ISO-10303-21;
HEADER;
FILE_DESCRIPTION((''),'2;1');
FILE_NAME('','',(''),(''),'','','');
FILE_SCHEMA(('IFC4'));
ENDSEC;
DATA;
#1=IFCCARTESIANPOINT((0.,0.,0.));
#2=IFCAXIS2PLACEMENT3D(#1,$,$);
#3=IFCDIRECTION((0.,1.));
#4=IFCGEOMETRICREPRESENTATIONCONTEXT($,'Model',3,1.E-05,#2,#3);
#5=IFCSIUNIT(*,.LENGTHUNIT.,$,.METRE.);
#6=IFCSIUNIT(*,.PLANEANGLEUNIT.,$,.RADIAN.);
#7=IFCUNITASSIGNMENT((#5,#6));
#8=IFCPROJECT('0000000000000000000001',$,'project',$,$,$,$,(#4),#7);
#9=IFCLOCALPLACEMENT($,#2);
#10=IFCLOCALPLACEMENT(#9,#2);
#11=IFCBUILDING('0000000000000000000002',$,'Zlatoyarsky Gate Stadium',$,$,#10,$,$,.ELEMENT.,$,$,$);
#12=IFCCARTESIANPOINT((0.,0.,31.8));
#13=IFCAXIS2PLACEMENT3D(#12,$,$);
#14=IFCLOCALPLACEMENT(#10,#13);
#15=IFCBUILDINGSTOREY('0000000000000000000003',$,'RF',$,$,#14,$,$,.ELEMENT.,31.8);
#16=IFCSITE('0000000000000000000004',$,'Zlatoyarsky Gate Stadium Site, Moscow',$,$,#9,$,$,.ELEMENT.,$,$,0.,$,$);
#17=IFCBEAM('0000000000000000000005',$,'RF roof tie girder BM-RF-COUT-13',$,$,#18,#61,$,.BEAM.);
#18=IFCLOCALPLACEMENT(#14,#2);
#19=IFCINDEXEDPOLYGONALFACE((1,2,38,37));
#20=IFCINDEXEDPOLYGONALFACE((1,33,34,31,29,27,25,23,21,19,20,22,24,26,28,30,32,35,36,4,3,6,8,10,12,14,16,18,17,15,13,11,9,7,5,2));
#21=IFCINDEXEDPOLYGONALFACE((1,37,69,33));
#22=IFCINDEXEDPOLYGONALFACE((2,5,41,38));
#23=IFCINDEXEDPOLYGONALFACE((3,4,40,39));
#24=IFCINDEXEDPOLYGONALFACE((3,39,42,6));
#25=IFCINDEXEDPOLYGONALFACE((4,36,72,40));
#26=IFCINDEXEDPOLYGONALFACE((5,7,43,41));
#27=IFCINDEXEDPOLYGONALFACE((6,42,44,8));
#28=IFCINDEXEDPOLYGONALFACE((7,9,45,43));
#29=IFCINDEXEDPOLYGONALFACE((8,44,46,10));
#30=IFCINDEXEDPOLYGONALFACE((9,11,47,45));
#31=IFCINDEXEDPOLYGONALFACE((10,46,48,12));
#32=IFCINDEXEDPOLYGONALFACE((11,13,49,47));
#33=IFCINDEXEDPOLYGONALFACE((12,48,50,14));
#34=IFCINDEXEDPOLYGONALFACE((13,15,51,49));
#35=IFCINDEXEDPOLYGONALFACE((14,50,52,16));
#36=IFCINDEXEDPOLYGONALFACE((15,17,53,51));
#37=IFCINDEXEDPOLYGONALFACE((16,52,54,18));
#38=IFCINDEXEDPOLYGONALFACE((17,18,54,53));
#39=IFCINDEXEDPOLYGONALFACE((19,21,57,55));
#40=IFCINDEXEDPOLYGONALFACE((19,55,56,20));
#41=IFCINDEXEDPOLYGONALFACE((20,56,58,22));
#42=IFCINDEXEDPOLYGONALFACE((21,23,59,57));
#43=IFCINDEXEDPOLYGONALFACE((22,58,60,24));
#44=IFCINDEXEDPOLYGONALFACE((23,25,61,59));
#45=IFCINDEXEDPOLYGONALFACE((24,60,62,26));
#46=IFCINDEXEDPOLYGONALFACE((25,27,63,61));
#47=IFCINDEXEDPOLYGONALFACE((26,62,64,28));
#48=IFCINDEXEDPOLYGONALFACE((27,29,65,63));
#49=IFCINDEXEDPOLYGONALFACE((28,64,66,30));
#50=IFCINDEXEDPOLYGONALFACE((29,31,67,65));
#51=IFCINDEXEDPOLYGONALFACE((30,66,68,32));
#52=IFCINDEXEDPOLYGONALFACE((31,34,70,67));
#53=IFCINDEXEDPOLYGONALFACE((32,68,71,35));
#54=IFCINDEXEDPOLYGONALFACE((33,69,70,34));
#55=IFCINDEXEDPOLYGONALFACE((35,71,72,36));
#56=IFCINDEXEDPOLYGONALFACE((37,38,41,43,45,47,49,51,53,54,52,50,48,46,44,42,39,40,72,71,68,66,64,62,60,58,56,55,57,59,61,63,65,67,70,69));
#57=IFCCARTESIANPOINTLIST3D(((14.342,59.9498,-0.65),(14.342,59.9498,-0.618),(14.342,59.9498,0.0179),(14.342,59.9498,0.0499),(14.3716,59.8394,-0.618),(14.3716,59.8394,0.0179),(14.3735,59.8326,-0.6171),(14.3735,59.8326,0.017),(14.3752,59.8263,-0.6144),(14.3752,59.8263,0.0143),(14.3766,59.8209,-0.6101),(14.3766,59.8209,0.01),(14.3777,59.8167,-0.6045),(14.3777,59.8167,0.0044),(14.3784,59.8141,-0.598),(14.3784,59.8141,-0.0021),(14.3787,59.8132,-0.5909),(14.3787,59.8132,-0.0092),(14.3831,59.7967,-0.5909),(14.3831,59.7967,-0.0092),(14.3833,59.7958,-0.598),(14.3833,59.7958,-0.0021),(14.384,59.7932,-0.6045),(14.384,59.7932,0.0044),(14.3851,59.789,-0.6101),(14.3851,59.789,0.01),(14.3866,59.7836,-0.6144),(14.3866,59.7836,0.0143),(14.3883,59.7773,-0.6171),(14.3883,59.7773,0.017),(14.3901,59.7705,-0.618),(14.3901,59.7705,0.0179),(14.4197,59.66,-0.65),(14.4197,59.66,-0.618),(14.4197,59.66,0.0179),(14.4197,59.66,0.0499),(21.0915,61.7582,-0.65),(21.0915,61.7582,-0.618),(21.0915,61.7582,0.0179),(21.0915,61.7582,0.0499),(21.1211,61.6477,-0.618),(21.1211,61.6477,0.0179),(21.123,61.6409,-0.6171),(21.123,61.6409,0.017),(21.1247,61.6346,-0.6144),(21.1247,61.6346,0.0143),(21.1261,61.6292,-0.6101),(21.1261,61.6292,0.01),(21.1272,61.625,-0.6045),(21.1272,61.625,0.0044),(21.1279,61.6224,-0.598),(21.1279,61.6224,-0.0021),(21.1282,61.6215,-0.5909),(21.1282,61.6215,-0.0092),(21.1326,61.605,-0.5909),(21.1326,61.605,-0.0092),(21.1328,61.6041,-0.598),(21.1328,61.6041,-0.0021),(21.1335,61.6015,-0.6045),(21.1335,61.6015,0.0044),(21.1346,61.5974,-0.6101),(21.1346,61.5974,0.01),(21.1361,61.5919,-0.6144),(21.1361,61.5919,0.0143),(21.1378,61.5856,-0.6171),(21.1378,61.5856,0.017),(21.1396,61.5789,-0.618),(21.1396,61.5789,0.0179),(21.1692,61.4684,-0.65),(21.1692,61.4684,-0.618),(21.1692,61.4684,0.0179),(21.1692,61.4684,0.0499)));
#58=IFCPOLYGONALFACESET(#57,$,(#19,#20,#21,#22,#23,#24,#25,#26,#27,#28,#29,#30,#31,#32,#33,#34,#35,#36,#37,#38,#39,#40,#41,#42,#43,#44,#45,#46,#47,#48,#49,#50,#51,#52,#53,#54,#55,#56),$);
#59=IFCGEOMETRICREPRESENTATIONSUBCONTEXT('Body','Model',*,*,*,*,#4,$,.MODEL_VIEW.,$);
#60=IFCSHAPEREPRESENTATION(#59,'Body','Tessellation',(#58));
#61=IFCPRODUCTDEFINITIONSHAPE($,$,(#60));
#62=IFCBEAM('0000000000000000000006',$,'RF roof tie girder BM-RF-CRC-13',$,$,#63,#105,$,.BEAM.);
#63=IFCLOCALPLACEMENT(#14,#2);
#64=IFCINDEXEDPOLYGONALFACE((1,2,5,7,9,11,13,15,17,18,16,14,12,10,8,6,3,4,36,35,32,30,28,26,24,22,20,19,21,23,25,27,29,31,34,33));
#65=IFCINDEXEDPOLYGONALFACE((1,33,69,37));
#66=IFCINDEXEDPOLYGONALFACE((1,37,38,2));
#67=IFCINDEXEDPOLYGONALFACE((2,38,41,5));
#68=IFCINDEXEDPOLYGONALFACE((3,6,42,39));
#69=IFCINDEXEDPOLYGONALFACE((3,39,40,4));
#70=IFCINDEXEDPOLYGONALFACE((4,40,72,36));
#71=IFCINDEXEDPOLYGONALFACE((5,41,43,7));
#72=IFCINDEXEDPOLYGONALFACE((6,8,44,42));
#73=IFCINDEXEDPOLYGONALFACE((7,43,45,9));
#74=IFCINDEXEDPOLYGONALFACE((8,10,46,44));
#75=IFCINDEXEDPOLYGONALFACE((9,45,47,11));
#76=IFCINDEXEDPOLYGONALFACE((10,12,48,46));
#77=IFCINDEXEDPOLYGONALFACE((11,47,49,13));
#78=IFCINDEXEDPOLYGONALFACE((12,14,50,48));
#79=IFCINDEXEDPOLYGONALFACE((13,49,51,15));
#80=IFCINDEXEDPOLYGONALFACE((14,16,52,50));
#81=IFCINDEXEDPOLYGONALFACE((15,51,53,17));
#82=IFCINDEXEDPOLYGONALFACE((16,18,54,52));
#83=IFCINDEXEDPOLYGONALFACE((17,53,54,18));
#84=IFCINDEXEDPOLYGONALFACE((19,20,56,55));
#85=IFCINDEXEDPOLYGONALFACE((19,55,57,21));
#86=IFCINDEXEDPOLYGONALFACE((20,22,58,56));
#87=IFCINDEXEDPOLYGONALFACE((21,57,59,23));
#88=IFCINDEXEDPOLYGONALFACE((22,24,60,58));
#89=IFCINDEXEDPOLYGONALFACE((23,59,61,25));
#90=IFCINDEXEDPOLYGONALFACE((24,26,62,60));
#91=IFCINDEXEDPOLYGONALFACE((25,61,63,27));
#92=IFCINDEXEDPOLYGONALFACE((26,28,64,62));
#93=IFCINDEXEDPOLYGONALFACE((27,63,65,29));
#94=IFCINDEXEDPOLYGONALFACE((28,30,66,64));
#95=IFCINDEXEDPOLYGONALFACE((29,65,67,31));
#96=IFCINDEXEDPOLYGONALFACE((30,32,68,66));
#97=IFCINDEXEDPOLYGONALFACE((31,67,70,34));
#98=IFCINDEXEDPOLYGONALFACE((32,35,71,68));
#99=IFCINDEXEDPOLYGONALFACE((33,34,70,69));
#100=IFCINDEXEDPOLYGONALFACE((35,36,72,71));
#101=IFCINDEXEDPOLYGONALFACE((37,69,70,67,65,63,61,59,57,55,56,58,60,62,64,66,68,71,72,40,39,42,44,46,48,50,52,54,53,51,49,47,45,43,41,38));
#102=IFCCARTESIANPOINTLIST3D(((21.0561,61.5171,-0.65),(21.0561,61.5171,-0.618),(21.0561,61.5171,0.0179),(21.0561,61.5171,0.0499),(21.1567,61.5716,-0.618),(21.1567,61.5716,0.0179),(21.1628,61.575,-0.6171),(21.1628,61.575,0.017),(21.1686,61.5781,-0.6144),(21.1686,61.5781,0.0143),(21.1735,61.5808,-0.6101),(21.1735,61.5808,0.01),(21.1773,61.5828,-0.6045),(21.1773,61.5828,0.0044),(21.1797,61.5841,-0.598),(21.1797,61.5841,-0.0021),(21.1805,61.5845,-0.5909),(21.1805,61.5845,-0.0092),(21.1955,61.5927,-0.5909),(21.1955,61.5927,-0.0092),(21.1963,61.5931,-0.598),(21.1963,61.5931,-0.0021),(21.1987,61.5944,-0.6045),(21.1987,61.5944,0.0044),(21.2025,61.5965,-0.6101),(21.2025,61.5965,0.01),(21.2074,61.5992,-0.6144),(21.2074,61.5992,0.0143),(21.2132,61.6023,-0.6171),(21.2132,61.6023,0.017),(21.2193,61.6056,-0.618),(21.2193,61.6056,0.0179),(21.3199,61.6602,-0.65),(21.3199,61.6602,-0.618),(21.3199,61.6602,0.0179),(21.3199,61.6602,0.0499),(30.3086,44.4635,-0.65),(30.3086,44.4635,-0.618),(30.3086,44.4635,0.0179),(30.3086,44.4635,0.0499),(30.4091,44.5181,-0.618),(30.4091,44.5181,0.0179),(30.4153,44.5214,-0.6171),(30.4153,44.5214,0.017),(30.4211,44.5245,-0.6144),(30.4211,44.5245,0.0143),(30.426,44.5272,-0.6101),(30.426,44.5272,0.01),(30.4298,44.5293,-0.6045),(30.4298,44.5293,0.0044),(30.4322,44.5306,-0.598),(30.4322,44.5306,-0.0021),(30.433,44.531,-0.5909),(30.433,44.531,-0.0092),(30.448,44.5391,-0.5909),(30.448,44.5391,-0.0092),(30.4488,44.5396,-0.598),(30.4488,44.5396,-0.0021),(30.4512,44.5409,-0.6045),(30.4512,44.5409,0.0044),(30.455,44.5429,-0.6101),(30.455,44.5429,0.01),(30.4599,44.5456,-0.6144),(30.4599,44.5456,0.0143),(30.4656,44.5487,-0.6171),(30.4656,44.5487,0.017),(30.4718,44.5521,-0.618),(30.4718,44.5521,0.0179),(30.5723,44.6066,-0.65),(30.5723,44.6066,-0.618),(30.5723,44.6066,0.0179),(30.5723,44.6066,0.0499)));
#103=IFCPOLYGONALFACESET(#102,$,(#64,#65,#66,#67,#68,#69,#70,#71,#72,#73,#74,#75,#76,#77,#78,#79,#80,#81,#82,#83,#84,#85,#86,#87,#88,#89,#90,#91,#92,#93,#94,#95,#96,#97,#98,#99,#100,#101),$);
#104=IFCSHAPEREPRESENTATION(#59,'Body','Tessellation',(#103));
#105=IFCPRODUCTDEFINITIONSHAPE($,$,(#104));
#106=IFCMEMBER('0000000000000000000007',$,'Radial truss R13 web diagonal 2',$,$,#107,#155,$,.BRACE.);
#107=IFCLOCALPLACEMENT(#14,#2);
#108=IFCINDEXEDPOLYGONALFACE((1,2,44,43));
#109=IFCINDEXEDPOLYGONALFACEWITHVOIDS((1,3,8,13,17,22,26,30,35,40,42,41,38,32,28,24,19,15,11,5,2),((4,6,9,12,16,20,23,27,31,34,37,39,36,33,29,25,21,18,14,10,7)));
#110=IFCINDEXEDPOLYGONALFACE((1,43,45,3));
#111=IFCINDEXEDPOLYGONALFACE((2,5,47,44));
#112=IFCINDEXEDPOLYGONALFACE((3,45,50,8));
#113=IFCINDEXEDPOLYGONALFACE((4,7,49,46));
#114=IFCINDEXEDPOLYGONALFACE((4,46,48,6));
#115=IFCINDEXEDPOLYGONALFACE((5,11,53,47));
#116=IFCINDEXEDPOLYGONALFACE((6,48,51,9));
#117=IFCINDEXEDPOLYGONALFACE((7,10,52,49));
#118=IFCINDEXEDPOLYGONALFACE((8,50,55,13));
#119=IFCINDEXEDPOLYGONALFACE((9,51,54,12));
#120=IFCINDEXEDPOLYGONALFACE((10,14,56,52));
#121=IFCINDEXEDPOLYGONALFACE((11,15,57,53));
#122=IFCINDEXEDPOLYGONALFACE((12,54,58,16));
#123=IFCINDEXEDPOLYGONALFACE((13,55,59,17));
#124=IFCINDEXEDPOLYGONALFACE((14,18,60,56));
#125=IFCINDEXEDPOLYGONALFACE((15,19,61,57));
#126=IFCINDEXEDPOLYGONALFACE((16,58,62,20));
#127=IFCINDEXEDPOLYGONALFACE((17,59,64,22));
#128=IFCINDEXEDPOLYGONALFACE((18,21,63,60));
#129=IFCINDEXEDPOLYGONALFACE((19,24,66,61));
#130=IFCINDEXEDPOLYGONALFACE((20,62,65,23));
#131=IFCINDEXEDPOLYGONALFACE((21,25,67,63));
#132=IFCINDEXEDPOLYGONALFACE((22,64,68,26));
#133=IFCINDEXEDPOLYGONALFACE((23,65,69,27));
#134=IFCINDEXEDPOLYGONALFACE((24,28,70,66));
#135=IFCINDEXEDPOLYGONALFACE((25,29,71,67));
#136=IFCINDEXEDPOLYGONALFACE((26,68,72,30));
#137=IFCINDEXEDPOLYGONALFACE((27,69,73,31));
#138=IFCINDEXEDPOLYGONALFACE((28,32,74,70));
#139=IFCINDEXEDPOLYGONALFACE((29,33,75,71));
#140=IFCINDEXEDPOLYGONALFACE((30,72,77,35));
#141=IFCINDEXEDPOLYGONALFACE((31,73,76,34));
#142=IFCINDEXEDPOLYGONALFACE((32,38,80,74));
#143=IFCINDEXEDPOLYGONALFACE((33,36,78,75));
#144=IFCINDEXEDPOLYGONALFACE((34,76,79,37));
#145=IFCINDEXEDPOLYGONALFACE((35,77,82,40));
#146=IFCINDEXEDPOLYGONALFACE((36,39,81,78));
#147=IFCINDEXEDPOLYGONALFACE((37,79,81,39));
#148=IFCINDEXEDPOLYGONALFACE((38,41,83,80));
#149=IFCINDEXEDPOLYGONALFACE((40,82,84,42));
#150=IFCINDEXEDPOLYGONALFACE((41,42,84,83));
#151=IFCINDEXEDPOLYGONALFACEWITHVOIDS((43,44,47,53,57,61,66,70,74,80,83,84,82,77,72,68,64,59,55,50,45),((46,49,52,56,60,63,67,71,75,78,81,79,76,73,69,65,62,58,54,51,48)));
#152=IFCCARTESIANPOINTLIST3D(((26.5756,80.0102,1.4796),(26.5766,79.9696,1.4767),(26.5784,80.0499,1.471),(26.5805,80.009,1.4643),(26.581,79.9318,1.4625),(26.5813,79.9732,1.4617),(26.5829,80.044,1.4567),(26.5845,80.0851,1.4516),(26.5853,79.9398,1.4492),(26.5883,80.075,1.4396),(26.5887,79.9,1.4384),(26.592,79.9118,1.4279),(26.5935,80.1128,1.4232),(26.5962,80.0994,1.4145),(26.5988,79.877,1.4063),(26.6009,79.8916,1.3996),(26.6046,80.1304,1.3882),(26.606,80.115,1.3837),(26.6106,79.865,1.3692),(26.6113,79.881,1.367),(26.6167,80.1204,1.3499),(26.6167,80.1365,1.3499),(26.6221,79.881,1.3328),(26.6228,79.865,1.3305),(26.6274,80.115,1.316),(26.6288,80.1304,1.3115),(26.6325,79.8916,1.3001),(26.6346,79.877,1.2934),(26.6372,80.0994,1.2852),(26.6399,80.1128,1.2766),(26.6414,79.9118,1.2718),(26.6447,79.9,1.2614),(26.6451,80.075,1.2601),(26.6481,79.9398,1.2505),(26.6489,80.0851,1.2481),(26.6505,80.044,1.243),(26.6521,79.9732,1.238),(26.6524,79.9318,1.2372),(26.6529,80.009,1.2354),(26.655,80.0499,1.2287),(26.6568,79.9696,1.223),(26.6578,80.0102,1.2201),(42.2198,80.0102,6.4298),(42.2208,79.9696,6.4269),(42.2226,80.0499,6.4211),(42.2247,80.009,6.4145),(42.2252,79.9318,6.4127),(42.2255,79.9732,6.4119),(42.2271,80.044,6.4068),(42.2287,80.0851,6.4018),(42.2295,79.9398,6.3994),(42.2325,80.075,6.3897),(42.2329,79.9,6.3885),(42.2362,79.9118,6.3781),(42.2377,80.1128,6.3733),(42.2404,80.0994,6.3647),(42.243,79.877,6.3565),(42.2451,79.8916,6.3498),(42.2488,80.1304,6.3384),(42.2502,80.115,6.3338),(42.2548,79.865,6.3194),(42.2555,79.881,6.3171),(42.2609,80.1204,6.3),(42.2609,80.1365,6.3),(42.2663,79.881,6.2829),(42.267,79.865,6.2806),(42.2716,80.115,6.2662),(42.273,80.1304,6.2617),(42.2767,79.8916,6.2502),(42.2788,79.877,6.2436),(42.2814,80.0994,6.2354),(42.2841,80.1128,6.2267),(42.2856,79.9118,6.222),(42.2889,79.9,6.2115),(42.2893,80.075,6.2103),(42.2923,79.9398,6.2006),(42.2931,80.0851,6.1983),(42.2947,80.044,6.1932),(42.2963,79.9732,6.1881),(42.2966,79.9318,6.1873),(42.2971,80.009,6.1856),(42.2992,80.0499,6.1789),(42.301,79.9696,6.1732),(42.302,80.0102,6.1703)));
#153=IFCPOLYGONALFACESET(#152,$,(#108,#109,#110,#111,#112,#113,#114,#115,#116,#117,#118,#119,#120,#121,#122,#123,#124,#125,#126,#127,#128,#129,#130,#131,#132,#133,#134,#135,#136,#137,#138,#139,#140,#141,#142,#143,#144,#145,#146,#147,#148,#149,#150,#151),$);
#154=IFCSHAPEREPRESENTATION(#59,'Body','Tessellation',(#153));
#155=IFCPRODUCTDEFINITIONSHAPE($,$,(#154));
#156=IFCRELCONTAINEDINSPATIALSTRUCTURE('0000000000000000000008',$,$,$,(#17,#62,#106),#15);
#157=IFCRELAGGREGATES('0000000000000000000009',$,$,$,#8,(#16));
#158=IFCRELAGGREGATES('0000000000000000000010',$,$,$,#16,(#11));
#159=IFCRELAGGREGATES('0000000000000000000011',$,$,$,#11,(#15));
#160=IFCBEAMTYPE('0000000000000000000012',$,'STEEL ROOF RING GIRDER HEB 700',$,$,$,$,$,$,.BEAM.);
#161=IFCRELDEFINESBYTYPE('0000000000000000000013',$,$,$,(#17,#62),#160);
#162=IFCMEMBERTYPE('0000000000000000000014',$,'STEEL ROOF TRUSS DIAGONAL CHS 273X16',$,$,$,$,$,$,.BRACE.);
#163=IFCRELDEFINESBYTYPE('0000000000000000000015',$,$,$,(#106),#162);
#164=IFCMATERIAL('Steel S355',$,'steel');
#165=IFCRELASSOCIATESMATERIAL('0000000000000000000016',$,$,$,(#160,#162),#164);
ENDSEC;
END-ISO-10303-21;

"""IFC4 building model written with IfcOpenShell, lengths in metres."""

from ifc_helpers import new_model, si_unit, direction, frame, origin, origin_2d, place, context, subcontext, project, spatial, hollow_circle, i_section, extrude, material, material_profile, profile_set, type_object, element, save


model = new_model("IFC4")

# Units and contexts
model_context = context("Model", 3, precision=1e-05, world=origin(), true_north=direction((0.0, 1.0)))
body_context = subcontext(model_context, "Body", "Model", "MODEL_VIEW")
ifc_project = project(units=[si_unit("LENGTHUNIT", "METRE"), si_unit("PLANEANGLEUNIT", "RADIAN")], contexts=[model_context])

# Site, building, storey
site_placement = place(None, origin())
site = spatial("IfcSite", under=ifc_project, at=site_placement, Name="Zlatoyarsky Gate Stadium Site, Moscow", CompositionType="ELEMENT", RefElevation=0.0)
building_placement = place(site_placement, origin())
building = spatial("IfcBuilding", under=site, at=building_placement, Name="Zlatoyarsky Gate Stadium", CompositionType="ELEMENT")
storey_placement = place(building_placement, frame((0.0, 0.0, 31.8)))
storey = spatial("IfcBuildingStorey", under=building, at=storey_placement, Name="RF", CompositionType="ELEMENT", Elevation=31.8)

# Shared definitions
ifc_material_1 = material(Name="Steel S355", Category="steel")

# Beams
ifc_material_profile_1 = material_profile(ifc_material_1, i_section(OverallWidth=0.3, OverallDepth=0.7, WebThickness=0.0171, FlangeThickness=0.032, FilletRadius=0.0271, at=origin_2d()), Name="HEB 700")
ifc_profile_set_1 = profile_set([ifc_material_profile_1], Name="Steel S355")
beam_type = type_object("IfcBeamType", Name="STEEL ROOF RING GIRDER HEB 700", PredefinedType="BEAM", material=ifc_profile_set_1)
beam_1_placement = place(storey_placement, frame((21.1304, 61.6133, -0.3), z_axis=(-0.965932, -0.258795, 0.0), x_axis=(0.258795, -0.965932, 0.0)))
element("IfcBeam", 1, at=beam_1_placement, inside=storey, type_object=beam_type, Name="RF roof tie girder BM-RF-COUT-13", PredefinedType="BEAM", context=body_context, shape_type="SweptSolid", body=[
    extrude(i_section(OverallWidth=0.3, OverallDepth=0.7, WebThickness=0.0171, FlangeThickness=0.032, FilletRadius=0.0271, at=origin_2d()), origin(), (0.0, 0.0, 1.0), 6.9875),
])
beam_2_placement = place(storey_placement, frame((21.188, 61.5886, -0.3), z_axis=(0.476887, -0.878965, 0.0), x_axis=(0.878965, 0.476887, 0.0)))
element("IfcBeam", 2, at=beam_2_placement, inside=storey, type_object=beam_type, Name="RF roof tie girder BM-RF-CRC-13", PredefinedType="BEAM", context=body_context, shape_type="SweptSolid", body=[
    extrude(i_section(OverallWidth=0.3, OverallDepth=0.7, WebThickness=0.0171, FlangeThickness=0.032, FilletRadius=0.0271, at=origin_2d()), origin(), (0.0, 0.0, 1.0), 19.4019),
])

# Member
ifc_material_profile_2 = material_profile(ifc_material_1, hollow_circle(Radius=0.1365, WallThickness=0.0161, at=origin_2d()), Name="CHS 273X16")
ifc_profile_set_2 = profile_set([ifc_material_profile_2], Name="Steel S355")
member_type_1 = type_object("IfcMemberType", Name="STEEL ROOF TRUSS DIAGONAL CHS 273X16", PredefinedType="BRACE", material=ifc_profile_set_2)
member_1_placement = place(storey_placement, frame((26.6167, 80.0, 1.3499), z_axis=(0.953409, 0.0, 0.30168), x_axis=(0.0, 1.0, 0.0)))
element("IfcMember", 3, at=member_1_placement, inside=storey, type_object=member_type_1, Name="Radial truss R13 web diagonal 2", PredefinedType="BRACE", context=body_context, shape_type="SweptSolid", body=[
    extrude(hollow_circle(Radius=0.1365, WallThickness=0.0161, at=origin_2d()), origin(), (0.0, 0.0, 1.0), 16.4087),
])

save(model, "model.ifc")
